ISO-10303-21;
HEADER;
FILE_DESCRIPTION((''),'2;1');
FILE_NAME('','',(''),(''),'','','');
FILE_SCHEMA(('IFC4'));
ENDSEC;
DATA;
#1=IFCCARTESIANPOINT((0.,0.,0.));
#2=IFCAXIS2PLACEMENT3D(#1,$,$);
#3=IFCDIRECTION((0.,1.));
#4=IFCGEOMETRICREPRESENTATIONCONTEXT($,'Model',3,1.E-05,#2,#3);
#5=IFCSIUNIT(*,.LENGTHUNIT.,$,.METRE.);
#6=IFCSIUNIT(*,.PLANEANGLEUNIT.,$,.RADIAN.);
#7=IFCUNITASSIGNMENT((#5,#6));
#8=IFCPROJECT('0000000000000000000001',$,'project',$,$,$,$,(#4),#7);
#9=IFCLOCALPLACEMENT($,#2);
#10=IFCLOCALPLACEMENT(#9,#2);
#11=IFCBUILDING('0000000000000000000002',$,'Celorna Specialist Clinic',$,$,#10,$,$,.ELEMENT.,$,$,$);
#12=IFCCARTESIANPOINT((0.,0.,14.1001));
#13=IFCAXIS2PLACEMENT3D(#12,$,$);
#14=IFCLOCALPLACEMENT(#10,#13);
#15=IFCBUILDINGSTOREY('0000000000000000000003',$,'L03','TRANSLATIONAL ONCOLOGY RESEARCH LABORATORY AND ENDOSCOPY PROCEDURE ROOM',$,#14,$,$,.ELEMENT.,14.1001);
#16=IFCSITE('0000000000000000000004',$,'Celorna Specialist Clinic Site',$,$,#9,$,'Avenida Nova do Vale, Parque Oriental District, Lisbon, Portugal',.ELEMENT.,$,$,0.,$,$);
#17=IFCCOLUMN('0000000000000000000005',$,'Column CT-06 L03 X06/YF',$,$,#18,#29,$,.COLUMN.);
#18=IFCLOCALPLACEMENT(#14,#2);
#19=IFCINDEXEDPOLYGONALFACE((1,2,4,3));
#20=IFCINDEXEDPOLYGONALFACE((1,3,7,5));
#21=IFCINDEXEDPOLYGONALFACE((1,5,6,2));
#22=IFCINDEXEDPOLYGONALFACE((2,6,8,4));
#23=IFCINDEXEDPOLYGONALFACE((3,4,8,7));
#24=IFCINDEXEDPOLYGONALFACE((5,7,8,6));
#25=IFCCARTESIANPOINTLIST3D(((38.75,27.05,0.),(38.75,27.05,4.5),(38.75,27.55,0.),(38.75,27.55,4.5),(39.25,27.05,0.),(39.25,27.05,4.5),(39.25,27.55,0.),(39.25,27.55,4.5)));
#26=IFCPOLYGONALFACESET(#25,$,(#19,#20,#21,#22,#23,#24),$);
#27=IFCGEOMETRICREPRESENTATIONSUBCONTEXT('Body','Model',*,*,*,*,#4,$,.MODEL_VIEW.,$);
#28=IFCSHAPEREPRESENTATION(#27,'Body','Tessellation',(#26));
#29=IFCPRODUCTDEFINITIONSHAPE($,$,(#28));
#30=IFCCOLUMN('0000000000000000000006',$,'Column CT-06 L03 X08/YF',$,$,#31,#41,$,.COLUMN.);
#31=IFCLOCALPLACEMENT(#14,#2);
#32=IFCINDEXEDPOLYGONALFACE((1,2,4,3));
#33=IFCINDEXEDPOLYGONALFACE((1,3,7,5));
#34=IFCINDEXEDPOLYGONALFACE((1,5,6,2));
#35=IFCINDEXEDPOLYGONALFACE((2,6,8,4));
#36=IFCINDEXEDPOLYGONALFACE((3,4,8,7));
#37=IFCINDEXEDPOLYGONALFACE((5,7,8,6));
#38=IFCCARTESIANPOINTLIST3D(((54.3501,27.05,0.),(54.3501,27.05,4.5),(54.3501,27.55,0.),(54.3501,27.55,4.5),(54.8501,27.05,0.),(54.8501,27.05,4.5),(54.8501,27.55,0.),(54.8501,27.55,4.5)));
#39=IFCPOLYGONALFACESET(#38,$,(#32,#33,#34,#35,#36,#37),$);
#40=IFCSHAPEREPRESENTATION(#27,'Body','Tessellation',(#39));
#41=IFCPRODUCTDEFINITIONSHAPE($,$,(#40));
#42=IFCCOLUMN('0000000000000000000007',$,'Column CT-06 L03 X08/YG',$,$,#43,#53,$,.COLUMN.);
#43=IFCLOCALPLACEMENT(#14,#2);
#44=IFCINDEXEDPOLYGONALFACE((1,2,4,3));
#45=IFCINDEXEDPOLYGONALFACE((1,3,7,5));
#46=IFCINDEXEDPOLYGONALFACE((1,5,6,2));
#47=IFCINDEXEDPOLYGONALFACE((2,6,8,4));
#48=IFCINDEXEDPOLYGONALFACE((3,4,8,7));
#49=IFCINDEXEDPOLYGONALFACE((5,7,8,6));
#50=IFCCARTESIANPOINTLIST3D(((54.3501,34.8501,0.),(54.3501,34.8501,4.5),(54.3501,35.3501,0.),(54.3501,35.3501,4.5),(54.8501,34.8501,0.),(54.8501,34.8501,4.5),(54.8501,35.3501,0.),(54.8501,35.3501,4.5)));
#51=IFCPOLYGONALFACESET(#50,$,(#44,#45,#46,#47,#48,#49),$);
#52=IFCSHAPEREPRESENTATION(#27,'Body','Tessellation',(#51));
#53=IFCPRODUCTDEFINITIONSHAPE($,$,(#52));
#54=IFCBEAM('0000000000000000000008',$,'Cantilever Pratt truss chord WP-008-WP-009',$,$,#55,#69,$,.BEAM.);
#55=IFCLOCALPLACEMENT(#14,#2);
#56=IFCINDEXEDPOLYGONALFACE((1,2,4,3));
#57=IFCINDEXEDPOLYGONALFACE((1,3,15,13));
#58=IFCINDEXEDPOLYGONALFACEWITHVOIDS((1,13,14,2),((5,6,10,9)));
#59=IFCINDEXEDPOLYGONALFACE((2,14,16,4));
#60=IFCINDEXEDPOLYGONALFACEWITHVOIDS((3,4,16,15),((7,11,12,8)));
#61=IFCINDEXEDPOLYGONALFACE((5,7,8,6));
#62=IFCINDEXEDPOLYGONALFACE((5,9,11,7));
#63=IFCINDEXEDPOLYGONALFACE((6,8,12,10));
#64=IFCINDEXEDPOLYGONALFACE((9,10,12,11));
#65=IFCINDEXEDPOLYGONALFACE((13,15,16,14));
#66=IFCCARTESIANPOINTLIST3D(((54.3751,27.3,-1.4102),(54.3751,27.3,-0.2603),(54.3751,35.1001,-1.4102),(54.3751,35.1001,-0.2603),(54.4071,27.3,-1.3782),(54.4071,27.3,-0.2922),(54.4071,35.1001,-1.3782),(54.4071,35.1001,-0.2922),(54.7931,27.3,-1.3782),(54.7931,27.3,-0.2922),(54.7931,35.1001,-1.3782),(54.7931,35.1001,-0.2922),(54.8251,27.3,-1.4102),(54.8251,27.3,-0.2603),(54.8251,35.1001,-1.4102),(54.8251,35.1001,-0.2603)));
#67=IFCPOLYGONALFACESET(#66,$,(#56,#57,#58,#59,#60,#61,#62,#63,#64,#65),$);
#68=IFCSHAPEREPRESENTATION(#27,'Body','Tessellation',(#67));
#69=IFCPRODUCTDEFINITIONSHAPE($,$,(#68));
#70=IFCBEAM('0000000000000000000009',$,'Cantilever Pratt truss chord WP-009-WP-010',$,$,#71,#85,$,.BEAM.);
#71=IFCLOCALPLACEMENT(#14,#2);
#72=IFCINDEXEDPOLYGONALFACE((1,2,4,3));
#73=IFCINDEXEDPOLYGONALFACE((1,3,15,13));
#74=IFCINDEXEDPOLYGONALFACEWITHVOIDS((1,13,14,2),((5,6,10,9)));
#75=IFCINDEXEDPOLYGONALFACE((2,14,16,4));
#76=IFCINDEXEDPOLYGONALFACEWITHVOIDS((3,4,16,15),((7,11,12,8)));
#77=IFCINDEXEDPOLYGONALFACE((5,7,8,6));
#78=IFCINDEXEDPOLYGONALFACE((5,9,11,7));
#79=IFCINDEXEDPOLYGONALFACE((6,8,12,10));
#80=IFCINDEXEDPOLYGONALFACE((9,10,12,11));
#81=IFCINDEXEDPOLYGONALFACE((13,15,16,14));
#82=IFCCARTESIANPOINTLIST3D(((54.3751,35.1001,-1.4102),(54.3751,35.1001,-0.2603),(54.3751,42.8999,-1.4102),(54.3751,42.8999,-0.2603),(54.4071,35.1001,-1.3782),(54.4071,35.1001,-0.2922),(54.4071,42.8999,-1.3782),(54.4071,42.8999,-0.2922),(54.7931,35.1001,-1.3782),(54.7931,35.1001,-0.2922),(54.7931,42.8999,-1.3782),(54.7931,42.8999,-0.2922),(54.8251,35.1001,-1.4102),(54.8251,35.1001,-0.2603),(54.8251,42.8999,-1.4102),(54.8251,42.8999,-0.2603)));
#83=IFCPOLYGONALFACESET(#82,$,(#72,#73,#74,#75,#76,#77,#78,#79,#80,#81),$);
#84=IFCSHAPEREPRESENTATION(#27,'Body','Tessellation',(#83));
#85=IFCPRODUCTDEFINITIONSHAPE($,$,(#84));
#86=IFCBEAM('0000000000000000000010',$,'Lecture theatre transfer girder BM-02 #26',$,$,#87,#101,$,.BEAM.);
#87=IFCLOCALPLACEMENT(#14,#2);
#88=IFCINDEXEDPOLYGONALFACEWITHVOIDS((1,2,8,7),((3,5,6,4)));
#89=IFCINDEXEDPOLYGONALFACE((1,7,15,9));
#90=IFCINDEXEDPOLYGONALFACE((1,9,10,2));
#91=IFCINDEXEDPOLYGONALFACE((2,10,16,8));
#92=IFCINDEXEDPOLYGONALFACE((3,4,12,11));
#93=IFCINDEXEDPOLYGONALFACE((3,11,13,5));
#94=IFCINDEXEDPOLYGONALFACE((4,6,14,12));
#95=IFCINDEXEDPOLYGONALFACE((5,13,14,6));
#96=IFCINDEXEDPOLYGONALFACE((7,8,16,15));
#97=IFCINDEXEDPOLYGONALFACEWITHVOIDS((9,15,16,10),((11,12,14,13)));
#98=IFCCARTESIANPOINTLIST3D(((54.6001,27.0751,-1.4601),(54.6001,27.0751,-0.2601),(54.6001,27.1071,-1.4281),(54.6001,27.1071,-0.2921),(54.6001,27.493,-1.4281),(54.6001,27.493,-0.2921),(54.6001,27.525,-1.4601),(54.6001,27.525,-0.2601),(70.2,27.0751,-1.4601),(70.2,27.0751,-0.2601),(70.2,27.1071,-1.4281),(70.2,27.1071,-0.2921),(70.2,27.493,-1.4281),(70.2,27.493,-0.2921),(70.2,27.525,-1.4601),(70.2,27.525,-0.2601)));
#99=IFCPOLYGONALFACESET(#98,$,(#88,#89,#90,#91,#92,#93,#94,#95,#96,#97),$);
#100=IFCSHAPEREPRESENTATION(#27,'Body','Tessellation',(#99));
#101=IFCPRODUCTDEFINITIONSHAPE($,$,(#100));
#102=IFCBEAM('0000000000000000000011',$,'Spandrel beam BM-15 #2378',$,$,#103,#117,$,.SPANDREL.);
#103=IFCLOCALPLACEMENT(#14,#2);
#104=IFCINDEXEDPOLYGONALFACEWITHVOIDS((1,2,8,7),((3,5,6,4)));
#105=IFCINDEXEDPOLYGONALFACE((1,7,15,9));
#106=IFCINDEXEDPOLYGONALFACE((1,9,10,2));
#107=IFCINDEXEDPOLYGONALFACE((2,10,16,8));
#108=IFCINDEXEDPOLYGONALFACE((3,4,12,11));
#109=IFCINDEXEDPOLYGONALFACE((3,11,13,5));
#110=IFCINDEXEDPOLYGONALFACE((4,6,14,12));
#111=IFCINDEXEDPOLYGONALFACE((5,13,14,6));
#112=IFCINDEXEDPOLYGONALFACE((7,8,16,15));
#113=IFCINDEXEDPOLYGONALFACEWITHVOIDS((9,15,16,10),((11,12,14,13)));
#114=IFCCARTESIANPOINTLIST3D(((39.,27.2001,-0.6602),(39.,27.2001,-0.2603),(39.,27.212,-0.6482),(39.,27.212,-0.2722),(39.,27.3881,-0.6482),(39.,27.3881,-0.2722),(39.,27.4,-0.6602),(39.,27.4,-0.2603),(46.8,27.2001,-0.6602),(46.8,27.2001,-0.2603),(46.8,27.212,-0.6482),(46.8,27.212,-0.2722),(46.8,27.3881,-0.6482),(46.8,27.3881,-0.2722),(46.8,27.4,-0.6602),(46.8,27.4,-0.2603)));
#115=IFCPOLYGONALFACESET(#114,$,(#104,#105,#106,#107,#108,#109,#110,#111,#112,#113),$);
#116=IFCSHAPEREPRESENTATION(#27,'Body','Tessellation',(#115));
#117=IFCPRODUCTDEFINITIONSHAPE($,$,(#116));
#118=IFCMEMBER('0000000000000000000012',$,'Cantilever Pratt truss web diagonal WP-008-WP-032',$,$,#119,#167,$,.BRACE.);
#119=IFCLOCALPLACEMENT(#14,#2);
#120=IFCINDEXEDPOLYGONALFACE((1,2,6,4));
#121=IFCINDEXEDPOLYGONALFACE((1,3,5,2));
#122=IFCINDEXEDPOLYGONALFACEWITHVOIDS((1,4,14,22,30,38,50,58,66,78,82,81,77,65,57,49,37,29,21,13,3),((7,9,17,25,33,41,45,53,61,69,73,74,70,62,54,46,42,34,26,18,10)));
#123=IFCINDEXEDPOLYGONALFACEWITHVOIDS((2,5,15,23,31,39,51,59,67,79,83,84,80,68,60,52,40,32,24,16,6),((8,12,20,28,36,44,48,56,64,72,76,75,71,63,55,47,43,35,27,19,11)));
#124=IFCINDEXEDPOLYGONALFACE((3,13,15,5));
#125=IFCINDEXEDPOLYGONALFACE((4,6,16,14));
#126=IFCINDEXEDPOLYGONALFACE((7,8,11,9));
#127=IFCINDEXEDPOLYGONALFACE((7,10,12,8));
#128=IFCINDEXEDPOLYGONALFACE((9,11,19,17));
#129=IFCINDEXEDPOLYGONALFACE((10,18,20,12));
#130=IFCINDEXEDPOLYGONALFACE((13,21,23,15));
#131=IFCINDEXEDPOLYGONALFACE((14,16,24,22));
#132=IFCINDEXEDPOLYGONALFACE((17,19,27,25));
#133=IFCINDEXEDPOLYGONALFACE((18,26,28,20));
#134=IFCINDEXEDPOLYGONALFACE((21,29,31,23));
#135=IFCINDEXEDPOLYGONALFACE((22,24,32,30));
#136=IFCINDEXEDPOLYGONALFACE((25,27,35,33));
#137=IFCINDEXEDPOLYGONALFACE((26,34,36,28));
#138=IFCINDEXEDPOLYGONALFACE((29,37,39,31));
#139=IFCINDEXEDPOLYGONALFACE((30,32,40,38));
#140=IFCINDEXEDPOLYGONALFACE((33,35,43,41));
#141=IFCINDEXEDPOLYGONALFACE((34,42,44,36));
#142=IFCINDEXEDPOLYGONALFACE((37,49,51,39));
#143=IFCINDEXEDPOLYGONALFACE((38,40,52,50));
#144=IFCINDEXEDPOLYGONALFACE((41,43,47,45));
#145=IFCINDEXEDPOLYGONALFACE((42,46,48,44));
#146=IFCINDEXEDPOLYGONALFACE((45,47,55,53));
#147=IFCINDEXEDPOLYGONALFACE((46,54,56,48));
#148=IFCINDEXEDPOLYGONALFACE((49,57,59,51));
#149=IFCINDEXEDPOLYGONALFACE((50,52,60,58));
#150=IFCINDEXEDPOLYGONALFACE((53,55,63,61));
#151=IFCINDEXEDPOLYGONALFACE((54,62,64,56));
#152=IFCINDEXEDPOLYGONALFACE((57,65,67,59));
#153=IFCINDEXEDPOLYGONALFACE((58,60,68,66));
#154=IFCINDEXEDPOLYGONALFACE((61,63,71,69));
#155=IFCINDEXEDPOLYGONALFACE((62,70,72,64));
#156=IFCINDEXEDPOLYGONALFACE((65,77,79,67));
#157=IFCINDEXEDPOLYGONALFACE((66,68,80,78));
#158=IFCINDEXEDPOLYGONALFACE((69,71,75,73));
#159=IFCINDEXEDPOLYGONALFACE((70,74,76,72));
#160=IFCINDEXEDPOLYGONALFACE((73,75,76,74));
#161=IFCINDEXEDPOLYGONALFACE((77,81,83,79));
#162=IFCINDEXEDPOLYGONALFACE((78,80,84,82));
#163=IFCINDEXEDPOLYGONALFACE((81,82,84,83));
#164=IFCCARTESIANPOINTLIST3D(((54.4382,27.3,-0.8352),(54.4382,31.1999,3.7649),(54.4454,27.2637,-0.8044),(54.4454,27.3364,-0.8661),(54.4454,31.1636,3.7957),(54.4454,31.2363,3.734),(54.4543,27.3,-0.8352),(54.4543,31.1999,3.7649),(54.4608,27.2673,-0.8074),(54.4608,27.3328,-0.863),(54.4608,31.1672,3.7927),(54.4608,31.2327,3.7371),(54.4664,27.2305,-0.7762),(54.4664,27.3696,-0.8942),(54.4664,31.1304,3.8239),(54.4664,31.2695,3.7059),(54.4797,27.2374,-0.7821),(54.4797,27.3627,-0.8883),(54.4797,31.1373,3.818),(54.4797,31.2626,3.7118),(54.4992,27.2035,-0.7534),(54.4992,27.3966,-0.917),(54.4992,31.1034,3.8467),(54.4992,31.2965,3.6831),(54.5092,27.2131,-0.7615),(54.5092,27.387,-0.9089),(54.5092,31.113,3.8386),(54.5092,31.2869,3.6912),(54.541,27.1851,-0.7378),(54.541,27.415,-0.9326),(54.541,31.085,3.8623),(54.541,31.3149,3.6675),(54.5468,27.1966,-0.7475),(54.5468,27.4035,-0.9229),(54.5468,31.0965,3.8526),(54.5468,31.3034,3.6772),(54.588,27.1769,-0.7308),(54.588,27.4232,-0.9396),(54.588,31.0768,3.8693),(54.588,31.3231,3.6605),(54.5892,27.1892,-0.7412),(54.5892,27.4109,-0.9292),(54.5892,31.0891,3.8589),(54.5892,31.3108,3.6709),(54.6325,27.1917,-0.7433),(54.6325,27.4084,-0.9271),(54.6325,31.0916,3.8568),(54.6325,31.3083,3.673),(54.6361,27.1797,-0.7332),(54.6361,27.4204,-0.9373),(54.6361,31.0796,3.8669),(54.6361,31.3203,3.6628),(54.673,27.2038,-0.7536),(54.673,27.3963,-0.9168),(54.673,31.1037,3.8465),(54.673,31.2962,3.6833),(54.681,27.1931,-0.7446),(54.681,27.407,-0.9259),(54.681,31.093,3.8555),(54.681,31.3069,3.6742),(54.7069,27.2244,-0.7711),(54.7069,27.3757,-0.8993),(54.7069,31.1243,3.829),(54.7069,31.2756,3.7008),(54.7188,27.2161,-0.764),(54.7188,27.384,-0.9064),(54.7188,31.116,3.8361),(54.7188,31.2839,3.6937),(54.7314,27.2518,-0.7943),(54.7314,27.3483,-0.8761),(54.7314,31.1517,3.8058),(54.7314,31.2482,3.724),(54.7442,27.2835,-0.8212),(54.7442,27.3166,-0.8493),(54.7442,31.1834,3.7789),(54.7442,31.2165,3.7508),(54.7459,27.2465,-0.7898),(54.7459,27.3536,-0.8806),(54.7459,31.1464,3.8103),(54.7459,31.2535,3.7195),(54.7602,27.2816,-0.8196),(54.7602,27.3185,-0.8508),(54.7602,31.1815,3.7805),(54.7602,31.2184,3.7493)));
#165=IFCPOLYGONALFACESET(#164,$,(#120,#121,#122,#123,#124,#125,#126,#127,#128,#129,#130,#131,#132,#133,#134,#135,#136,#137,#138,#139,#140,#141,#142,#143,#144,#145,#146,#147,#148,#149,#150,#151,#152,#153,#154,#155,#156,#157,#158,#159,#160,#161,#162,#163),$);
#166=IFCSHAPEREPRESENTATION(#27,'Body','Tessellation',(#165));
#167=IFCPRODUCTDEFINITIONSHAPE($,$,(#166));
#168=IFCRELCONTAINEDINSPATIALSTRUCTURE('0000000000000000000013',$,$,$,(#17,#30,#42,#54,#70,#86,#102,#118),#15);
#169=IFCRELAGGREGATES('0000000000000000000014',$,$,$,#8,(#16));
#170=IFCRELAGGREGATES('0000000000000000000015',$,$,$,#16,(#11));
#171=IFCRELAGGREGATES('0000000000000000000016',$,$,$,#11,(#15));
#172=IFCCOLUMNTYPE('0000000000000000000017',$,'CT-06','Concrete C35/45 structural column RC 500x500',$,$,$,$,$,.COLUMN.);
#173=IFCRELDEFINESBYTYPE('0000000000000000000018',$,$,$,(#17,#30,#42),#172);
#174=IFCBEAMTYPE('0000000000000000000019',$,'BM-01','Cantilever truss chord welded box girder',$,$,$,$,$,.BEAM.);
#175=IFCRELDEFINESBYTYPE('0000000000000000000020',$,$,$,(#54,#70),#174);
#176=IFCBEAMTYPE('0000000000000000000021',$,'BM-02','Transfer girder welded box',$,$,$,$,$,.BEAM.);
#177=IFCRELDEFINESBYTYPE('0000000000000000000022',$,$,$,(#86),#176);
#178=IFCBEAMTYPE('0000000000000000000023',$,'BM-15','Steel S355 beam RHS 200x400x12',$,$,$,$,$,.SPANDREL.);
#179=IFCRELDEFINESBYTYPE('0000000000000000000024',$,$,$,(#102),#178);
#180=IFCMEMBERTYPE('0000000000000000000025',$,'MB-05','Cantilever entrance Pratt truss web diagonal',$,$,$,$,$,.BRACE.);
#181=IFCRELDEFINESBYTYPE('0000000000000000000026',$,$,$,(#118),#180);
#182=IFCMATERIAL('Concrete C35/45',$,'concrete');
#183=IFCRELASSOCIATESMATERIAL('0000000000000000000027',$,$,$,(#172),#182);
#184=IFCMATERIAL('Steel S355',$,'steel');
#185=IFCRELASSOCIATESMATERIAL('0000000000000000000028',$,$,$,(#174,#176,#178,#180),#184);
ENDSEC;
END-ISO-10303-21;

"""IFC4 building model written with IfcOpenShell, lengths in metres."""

from ifc_helpers import new_model, si_unit, direction, frame, origin, origin_2d, place, context, subcontext, project, spatial, rectangle, hollow_rectangle, hollow_circle, extrude, material, material_profile, profile_set, type_object, element, save


model = new_model("IFC4")

# Units and contexts
model_context = context("Model", 3, precision=1e-05, world=origin(), true_north=direction((0.0, 1.0)))
body_context = subcontext(model_context, "Body", "Model", "MODEL_VIEW")
ifc_project = project(units=[si_unit("LENGTHUNIT", "METRE"), si_unit("PLANEANGLEUNIT", "RADIAN")], contexts=[model_context])

# Site, building, storey
site_placement = place(None, origin())
site = spatial("IfcSite", under=ifc_project, at=site_placement, Name="Celorna Specialist Clinic Site", LongName="Avenida Nova do Vale, Parque Oriental District, Lisbon, Portugal", CompositionType="ELEMENT", RefElevation=0.0)
building_placement = place(site_placement, origin())
building = spatial("IfcBuilding", under=site, at=building_placement, Name="Celorna Specialist Clinic", CompositionType="ELEMENT")
storey_placement = place(building_placement, frame((0.0, 0.0, 14.1001)))
storey = spatial("IfcBuildingStorey", under=building, at=storey_placement, Name="L03", Description="TRANSLATIONAL ONCOLOGY RESEARCH LABORATORY AND ENDOSCOPY PROCEDURE ROOM", CompositionType="ELEMENT", Elevation=14.1001)

# Columns
ifc_material_1 = material(Name="Concrete C35/45", Category="concrete")
ifc_material_profile_1 = material_profile(ifc_material_1, rectangle(XDim=0.5, YDim=0.5, at=origin_2d()), Name="RC 500x500")
ifc_profile_set_1 = profile_set([ifc_material_profile_1], Name="Concrete C35/45")
column_type = type_object("IfcColumnType", Name="CT-06", Description="Concrete C35/45 structural column RC 500x500", PredefinedType="COLUMN", material=ifc_profile_set_1)
for number, where, z_axis, x_axis, name in (
    (1, (39.0, 27.3, 0.0), (0.0, 0.0, 1.0), (1.0, 0.0, 0.0), "Column CT-06 L03 X06/YF"),
    (2, (54.6001, 27.3, 0.0), (0.0, 0.0, 1.0), (1.0, 0.0, 0.0), "Column CT-06 L03 X08/YF"),
    (3, (54.6001, 35.1001, 0.0), (0.0, 0.0, 1.0), (1.0, 0.0, 0.0), "Column CT-06 L03 X08/YG"),
):
    element("IfcColumn", number, at=place(storey_placement, frame(where, z_axis=z_axis, x_axis=x_axis)), inside=storey, type_object=column_type, Name=name, PredefinedType="COLUMN", context=body_context, shape_type="SweptSolid", body=[
        extrude(rectangle(XDim=0.5, YDim=0.5, at=origin_2d()), origin(), (0.0, 0.0, 1.0), 4.5),
    ])

# Beams
ifc_material_2 = material(Name="Steel S355", Category="steel")
ifc_material_profile_2 = material_profile(ifc_material_2, hollow_rectangle(XDim=0.45, YDim=1.1499, WallThickness=0.032, at=origin_2d()), Name="BOX 450x1150x32")
ifc_profile_set_2 = profile_set([ifc_material_profile_2], Name="Steel S355")
beam_type_1 = type_object("IfcBeamType", Name="BM-01", Description="Cantilever truss chord welded box girder", PredefinedType="BEAM", material=ifc_profile_set_2)
beam_1_placement = place(storey_placement, frame((54.6001, 27.3, -0.8352), z_axis=(0.0, 1.0, 0.0), x_axis=(-1.0, 0.0, 0.0)))
element("IfcBeam", 4, at=beam_1_placement, inside=storey, type_object=beam_type_1, Name="Cantilever Pratt truss chord WP-008-WP-009", PredefinedType="BEAM", context=body_context, shape_type="SweptSolid", body=[
    extrude(hollow_rectangle(XDim=0.45, YDim=1.1499, WallThickness=0.032, at=origin_2d()), origin(), (0.0, 0.0, 1.0), 7.8),
])
beam_2_placement = place(storey_placement, frame((54.6001, 35.1001, -0.8352), z_axis=(0.0, 1.0, 0.0), x_axis=(-1.0, 0.0, 0.0)))
element("IfcBeam", 5, at=beam_2_placement, inside=storey, type_object=beam_type_1, Name="Cantilever Pratt truss chord WP-009-WP-010", PredefinedType="BEAM", context=body_context, shape_type="SweptSolid", body=[
    extrude(hollow_rectangle(XDim=0.45, YDim=1.1499, WallThickness=0.032, at=origin_2d()), origin(), (0.0, 0.0, 1.0), 7.7998),
])
ifc_material_profile_3 = material_profile(ifc_material_2, hollow_rectangle(XDim=0.45, YDim=1.2, WallThickness=0.032, at=origin_2d()), Name="BOX 450x1200x32")
ifc_profile_set_3 = profile_set([ifc_material_profile_3], Name="Steel S355")
beam_type_2 = type_object("IfcBeamType", Name="BM-02", Description="Transfer girder welded box", PredefinedType="BEAM", material=ifc_profile_set_3)
beam_3_placement = place(storey_placement, frame((54.6001, 27.3, -0.8601), z_axis=(1.0, 0.0, 0.0), x_axis=(0.0, 1.0, 0.0)))
element("IfcBeam", 6, at=beam_3_placement, inside=storey, type_object=beam_type_2, Name="Lecture theatre transfer girder BM-02 #26", PredefinedType="BEAM", context=body_context, shape_type="SweptSolid", body=[
    extrude(hollow_rectangle(XDim=0.45, YDim=1.2, WallThickness=0.032, at=origin_2d()), origin(), (0.0, 0.0, 1.0), 15.5999),
])
ifc_material_profile_4 = material_profile(ifc_material_2, hollow_rectangle(XDim=0.2, YDim=0.3999, WallThickness=0.012, at=origin_2d()), Name="RHS 200x400x12")
ifc_profile_set_4 = profile_set([ifc_material_profile_4], Name="Steel S355")
beam_type_3 = type_object("IfcBeamType", Name="BM-15", Description="Steel S355 beam RHS 200x400x12", PredefinedType="SPANDREL", material=ifc_profile_set_4)
beam_4_placement = place(storey_placement, frame((39.0, 27.3, -0.4602), z_axis=(1.0, 0.0, 0.0), x_axis=(0.0, 1.0, 0.0)))
element("IfcBeam", 7, at=beam_4_placement, inside=storey, type_object=beam_type_3, Name="Spandrel beam BM-15 #2378", PredefinedType="SPANDREL", context=body_context, shape_type="SweptSolid", body=[
    extrude(hollow_rectangle(XDim=0.2, YDim=0.3999, WallThickness=0.012, at=origin_2d()), origin(), (0.0, 0.0, 1.0), 7.8),
])

# Member
ifc_material_profile_5 = material_profile(ifc_material_2, hollow_circle(Radius=0.1619, WallThickness=0.0161, at=origin_2d()), Name="CHS 323.9x16")
ifc_profile_set_5 = profile_set([ifc_material_profile_5], Name="Steel S355")
member_type_1 = type_object("IfcMemberType", Name="MB-05", Description="Cantilever entrance Pratt truss web diagonal", PredefinedType="BRACE", material=ifc_profile_set_5)
member_1_placement = place(storey_placement, frame((54.6001, 27.3, -0.8352), z_axis=(0.0, 0.646668, 0.762772), x_axis=(-1.0, 0.0, 0.0)))
element("IfcMember", 8, at=member_1_placement, inside=storey, type_object=member_type_1, Name="Cantilever Pratt truss web diagonal WP-008-WP-032", PredefinedType="BRACE", context=body_context, shape_type="SweptSolid", body=[
    extrude(hollow_circle(Radius=0.1619, WallThickness=0.0161, at=origin_2d()), origin(), (0.0, 0.0, 1.0), 6.0308),
])

save(model, "model.ifc")
